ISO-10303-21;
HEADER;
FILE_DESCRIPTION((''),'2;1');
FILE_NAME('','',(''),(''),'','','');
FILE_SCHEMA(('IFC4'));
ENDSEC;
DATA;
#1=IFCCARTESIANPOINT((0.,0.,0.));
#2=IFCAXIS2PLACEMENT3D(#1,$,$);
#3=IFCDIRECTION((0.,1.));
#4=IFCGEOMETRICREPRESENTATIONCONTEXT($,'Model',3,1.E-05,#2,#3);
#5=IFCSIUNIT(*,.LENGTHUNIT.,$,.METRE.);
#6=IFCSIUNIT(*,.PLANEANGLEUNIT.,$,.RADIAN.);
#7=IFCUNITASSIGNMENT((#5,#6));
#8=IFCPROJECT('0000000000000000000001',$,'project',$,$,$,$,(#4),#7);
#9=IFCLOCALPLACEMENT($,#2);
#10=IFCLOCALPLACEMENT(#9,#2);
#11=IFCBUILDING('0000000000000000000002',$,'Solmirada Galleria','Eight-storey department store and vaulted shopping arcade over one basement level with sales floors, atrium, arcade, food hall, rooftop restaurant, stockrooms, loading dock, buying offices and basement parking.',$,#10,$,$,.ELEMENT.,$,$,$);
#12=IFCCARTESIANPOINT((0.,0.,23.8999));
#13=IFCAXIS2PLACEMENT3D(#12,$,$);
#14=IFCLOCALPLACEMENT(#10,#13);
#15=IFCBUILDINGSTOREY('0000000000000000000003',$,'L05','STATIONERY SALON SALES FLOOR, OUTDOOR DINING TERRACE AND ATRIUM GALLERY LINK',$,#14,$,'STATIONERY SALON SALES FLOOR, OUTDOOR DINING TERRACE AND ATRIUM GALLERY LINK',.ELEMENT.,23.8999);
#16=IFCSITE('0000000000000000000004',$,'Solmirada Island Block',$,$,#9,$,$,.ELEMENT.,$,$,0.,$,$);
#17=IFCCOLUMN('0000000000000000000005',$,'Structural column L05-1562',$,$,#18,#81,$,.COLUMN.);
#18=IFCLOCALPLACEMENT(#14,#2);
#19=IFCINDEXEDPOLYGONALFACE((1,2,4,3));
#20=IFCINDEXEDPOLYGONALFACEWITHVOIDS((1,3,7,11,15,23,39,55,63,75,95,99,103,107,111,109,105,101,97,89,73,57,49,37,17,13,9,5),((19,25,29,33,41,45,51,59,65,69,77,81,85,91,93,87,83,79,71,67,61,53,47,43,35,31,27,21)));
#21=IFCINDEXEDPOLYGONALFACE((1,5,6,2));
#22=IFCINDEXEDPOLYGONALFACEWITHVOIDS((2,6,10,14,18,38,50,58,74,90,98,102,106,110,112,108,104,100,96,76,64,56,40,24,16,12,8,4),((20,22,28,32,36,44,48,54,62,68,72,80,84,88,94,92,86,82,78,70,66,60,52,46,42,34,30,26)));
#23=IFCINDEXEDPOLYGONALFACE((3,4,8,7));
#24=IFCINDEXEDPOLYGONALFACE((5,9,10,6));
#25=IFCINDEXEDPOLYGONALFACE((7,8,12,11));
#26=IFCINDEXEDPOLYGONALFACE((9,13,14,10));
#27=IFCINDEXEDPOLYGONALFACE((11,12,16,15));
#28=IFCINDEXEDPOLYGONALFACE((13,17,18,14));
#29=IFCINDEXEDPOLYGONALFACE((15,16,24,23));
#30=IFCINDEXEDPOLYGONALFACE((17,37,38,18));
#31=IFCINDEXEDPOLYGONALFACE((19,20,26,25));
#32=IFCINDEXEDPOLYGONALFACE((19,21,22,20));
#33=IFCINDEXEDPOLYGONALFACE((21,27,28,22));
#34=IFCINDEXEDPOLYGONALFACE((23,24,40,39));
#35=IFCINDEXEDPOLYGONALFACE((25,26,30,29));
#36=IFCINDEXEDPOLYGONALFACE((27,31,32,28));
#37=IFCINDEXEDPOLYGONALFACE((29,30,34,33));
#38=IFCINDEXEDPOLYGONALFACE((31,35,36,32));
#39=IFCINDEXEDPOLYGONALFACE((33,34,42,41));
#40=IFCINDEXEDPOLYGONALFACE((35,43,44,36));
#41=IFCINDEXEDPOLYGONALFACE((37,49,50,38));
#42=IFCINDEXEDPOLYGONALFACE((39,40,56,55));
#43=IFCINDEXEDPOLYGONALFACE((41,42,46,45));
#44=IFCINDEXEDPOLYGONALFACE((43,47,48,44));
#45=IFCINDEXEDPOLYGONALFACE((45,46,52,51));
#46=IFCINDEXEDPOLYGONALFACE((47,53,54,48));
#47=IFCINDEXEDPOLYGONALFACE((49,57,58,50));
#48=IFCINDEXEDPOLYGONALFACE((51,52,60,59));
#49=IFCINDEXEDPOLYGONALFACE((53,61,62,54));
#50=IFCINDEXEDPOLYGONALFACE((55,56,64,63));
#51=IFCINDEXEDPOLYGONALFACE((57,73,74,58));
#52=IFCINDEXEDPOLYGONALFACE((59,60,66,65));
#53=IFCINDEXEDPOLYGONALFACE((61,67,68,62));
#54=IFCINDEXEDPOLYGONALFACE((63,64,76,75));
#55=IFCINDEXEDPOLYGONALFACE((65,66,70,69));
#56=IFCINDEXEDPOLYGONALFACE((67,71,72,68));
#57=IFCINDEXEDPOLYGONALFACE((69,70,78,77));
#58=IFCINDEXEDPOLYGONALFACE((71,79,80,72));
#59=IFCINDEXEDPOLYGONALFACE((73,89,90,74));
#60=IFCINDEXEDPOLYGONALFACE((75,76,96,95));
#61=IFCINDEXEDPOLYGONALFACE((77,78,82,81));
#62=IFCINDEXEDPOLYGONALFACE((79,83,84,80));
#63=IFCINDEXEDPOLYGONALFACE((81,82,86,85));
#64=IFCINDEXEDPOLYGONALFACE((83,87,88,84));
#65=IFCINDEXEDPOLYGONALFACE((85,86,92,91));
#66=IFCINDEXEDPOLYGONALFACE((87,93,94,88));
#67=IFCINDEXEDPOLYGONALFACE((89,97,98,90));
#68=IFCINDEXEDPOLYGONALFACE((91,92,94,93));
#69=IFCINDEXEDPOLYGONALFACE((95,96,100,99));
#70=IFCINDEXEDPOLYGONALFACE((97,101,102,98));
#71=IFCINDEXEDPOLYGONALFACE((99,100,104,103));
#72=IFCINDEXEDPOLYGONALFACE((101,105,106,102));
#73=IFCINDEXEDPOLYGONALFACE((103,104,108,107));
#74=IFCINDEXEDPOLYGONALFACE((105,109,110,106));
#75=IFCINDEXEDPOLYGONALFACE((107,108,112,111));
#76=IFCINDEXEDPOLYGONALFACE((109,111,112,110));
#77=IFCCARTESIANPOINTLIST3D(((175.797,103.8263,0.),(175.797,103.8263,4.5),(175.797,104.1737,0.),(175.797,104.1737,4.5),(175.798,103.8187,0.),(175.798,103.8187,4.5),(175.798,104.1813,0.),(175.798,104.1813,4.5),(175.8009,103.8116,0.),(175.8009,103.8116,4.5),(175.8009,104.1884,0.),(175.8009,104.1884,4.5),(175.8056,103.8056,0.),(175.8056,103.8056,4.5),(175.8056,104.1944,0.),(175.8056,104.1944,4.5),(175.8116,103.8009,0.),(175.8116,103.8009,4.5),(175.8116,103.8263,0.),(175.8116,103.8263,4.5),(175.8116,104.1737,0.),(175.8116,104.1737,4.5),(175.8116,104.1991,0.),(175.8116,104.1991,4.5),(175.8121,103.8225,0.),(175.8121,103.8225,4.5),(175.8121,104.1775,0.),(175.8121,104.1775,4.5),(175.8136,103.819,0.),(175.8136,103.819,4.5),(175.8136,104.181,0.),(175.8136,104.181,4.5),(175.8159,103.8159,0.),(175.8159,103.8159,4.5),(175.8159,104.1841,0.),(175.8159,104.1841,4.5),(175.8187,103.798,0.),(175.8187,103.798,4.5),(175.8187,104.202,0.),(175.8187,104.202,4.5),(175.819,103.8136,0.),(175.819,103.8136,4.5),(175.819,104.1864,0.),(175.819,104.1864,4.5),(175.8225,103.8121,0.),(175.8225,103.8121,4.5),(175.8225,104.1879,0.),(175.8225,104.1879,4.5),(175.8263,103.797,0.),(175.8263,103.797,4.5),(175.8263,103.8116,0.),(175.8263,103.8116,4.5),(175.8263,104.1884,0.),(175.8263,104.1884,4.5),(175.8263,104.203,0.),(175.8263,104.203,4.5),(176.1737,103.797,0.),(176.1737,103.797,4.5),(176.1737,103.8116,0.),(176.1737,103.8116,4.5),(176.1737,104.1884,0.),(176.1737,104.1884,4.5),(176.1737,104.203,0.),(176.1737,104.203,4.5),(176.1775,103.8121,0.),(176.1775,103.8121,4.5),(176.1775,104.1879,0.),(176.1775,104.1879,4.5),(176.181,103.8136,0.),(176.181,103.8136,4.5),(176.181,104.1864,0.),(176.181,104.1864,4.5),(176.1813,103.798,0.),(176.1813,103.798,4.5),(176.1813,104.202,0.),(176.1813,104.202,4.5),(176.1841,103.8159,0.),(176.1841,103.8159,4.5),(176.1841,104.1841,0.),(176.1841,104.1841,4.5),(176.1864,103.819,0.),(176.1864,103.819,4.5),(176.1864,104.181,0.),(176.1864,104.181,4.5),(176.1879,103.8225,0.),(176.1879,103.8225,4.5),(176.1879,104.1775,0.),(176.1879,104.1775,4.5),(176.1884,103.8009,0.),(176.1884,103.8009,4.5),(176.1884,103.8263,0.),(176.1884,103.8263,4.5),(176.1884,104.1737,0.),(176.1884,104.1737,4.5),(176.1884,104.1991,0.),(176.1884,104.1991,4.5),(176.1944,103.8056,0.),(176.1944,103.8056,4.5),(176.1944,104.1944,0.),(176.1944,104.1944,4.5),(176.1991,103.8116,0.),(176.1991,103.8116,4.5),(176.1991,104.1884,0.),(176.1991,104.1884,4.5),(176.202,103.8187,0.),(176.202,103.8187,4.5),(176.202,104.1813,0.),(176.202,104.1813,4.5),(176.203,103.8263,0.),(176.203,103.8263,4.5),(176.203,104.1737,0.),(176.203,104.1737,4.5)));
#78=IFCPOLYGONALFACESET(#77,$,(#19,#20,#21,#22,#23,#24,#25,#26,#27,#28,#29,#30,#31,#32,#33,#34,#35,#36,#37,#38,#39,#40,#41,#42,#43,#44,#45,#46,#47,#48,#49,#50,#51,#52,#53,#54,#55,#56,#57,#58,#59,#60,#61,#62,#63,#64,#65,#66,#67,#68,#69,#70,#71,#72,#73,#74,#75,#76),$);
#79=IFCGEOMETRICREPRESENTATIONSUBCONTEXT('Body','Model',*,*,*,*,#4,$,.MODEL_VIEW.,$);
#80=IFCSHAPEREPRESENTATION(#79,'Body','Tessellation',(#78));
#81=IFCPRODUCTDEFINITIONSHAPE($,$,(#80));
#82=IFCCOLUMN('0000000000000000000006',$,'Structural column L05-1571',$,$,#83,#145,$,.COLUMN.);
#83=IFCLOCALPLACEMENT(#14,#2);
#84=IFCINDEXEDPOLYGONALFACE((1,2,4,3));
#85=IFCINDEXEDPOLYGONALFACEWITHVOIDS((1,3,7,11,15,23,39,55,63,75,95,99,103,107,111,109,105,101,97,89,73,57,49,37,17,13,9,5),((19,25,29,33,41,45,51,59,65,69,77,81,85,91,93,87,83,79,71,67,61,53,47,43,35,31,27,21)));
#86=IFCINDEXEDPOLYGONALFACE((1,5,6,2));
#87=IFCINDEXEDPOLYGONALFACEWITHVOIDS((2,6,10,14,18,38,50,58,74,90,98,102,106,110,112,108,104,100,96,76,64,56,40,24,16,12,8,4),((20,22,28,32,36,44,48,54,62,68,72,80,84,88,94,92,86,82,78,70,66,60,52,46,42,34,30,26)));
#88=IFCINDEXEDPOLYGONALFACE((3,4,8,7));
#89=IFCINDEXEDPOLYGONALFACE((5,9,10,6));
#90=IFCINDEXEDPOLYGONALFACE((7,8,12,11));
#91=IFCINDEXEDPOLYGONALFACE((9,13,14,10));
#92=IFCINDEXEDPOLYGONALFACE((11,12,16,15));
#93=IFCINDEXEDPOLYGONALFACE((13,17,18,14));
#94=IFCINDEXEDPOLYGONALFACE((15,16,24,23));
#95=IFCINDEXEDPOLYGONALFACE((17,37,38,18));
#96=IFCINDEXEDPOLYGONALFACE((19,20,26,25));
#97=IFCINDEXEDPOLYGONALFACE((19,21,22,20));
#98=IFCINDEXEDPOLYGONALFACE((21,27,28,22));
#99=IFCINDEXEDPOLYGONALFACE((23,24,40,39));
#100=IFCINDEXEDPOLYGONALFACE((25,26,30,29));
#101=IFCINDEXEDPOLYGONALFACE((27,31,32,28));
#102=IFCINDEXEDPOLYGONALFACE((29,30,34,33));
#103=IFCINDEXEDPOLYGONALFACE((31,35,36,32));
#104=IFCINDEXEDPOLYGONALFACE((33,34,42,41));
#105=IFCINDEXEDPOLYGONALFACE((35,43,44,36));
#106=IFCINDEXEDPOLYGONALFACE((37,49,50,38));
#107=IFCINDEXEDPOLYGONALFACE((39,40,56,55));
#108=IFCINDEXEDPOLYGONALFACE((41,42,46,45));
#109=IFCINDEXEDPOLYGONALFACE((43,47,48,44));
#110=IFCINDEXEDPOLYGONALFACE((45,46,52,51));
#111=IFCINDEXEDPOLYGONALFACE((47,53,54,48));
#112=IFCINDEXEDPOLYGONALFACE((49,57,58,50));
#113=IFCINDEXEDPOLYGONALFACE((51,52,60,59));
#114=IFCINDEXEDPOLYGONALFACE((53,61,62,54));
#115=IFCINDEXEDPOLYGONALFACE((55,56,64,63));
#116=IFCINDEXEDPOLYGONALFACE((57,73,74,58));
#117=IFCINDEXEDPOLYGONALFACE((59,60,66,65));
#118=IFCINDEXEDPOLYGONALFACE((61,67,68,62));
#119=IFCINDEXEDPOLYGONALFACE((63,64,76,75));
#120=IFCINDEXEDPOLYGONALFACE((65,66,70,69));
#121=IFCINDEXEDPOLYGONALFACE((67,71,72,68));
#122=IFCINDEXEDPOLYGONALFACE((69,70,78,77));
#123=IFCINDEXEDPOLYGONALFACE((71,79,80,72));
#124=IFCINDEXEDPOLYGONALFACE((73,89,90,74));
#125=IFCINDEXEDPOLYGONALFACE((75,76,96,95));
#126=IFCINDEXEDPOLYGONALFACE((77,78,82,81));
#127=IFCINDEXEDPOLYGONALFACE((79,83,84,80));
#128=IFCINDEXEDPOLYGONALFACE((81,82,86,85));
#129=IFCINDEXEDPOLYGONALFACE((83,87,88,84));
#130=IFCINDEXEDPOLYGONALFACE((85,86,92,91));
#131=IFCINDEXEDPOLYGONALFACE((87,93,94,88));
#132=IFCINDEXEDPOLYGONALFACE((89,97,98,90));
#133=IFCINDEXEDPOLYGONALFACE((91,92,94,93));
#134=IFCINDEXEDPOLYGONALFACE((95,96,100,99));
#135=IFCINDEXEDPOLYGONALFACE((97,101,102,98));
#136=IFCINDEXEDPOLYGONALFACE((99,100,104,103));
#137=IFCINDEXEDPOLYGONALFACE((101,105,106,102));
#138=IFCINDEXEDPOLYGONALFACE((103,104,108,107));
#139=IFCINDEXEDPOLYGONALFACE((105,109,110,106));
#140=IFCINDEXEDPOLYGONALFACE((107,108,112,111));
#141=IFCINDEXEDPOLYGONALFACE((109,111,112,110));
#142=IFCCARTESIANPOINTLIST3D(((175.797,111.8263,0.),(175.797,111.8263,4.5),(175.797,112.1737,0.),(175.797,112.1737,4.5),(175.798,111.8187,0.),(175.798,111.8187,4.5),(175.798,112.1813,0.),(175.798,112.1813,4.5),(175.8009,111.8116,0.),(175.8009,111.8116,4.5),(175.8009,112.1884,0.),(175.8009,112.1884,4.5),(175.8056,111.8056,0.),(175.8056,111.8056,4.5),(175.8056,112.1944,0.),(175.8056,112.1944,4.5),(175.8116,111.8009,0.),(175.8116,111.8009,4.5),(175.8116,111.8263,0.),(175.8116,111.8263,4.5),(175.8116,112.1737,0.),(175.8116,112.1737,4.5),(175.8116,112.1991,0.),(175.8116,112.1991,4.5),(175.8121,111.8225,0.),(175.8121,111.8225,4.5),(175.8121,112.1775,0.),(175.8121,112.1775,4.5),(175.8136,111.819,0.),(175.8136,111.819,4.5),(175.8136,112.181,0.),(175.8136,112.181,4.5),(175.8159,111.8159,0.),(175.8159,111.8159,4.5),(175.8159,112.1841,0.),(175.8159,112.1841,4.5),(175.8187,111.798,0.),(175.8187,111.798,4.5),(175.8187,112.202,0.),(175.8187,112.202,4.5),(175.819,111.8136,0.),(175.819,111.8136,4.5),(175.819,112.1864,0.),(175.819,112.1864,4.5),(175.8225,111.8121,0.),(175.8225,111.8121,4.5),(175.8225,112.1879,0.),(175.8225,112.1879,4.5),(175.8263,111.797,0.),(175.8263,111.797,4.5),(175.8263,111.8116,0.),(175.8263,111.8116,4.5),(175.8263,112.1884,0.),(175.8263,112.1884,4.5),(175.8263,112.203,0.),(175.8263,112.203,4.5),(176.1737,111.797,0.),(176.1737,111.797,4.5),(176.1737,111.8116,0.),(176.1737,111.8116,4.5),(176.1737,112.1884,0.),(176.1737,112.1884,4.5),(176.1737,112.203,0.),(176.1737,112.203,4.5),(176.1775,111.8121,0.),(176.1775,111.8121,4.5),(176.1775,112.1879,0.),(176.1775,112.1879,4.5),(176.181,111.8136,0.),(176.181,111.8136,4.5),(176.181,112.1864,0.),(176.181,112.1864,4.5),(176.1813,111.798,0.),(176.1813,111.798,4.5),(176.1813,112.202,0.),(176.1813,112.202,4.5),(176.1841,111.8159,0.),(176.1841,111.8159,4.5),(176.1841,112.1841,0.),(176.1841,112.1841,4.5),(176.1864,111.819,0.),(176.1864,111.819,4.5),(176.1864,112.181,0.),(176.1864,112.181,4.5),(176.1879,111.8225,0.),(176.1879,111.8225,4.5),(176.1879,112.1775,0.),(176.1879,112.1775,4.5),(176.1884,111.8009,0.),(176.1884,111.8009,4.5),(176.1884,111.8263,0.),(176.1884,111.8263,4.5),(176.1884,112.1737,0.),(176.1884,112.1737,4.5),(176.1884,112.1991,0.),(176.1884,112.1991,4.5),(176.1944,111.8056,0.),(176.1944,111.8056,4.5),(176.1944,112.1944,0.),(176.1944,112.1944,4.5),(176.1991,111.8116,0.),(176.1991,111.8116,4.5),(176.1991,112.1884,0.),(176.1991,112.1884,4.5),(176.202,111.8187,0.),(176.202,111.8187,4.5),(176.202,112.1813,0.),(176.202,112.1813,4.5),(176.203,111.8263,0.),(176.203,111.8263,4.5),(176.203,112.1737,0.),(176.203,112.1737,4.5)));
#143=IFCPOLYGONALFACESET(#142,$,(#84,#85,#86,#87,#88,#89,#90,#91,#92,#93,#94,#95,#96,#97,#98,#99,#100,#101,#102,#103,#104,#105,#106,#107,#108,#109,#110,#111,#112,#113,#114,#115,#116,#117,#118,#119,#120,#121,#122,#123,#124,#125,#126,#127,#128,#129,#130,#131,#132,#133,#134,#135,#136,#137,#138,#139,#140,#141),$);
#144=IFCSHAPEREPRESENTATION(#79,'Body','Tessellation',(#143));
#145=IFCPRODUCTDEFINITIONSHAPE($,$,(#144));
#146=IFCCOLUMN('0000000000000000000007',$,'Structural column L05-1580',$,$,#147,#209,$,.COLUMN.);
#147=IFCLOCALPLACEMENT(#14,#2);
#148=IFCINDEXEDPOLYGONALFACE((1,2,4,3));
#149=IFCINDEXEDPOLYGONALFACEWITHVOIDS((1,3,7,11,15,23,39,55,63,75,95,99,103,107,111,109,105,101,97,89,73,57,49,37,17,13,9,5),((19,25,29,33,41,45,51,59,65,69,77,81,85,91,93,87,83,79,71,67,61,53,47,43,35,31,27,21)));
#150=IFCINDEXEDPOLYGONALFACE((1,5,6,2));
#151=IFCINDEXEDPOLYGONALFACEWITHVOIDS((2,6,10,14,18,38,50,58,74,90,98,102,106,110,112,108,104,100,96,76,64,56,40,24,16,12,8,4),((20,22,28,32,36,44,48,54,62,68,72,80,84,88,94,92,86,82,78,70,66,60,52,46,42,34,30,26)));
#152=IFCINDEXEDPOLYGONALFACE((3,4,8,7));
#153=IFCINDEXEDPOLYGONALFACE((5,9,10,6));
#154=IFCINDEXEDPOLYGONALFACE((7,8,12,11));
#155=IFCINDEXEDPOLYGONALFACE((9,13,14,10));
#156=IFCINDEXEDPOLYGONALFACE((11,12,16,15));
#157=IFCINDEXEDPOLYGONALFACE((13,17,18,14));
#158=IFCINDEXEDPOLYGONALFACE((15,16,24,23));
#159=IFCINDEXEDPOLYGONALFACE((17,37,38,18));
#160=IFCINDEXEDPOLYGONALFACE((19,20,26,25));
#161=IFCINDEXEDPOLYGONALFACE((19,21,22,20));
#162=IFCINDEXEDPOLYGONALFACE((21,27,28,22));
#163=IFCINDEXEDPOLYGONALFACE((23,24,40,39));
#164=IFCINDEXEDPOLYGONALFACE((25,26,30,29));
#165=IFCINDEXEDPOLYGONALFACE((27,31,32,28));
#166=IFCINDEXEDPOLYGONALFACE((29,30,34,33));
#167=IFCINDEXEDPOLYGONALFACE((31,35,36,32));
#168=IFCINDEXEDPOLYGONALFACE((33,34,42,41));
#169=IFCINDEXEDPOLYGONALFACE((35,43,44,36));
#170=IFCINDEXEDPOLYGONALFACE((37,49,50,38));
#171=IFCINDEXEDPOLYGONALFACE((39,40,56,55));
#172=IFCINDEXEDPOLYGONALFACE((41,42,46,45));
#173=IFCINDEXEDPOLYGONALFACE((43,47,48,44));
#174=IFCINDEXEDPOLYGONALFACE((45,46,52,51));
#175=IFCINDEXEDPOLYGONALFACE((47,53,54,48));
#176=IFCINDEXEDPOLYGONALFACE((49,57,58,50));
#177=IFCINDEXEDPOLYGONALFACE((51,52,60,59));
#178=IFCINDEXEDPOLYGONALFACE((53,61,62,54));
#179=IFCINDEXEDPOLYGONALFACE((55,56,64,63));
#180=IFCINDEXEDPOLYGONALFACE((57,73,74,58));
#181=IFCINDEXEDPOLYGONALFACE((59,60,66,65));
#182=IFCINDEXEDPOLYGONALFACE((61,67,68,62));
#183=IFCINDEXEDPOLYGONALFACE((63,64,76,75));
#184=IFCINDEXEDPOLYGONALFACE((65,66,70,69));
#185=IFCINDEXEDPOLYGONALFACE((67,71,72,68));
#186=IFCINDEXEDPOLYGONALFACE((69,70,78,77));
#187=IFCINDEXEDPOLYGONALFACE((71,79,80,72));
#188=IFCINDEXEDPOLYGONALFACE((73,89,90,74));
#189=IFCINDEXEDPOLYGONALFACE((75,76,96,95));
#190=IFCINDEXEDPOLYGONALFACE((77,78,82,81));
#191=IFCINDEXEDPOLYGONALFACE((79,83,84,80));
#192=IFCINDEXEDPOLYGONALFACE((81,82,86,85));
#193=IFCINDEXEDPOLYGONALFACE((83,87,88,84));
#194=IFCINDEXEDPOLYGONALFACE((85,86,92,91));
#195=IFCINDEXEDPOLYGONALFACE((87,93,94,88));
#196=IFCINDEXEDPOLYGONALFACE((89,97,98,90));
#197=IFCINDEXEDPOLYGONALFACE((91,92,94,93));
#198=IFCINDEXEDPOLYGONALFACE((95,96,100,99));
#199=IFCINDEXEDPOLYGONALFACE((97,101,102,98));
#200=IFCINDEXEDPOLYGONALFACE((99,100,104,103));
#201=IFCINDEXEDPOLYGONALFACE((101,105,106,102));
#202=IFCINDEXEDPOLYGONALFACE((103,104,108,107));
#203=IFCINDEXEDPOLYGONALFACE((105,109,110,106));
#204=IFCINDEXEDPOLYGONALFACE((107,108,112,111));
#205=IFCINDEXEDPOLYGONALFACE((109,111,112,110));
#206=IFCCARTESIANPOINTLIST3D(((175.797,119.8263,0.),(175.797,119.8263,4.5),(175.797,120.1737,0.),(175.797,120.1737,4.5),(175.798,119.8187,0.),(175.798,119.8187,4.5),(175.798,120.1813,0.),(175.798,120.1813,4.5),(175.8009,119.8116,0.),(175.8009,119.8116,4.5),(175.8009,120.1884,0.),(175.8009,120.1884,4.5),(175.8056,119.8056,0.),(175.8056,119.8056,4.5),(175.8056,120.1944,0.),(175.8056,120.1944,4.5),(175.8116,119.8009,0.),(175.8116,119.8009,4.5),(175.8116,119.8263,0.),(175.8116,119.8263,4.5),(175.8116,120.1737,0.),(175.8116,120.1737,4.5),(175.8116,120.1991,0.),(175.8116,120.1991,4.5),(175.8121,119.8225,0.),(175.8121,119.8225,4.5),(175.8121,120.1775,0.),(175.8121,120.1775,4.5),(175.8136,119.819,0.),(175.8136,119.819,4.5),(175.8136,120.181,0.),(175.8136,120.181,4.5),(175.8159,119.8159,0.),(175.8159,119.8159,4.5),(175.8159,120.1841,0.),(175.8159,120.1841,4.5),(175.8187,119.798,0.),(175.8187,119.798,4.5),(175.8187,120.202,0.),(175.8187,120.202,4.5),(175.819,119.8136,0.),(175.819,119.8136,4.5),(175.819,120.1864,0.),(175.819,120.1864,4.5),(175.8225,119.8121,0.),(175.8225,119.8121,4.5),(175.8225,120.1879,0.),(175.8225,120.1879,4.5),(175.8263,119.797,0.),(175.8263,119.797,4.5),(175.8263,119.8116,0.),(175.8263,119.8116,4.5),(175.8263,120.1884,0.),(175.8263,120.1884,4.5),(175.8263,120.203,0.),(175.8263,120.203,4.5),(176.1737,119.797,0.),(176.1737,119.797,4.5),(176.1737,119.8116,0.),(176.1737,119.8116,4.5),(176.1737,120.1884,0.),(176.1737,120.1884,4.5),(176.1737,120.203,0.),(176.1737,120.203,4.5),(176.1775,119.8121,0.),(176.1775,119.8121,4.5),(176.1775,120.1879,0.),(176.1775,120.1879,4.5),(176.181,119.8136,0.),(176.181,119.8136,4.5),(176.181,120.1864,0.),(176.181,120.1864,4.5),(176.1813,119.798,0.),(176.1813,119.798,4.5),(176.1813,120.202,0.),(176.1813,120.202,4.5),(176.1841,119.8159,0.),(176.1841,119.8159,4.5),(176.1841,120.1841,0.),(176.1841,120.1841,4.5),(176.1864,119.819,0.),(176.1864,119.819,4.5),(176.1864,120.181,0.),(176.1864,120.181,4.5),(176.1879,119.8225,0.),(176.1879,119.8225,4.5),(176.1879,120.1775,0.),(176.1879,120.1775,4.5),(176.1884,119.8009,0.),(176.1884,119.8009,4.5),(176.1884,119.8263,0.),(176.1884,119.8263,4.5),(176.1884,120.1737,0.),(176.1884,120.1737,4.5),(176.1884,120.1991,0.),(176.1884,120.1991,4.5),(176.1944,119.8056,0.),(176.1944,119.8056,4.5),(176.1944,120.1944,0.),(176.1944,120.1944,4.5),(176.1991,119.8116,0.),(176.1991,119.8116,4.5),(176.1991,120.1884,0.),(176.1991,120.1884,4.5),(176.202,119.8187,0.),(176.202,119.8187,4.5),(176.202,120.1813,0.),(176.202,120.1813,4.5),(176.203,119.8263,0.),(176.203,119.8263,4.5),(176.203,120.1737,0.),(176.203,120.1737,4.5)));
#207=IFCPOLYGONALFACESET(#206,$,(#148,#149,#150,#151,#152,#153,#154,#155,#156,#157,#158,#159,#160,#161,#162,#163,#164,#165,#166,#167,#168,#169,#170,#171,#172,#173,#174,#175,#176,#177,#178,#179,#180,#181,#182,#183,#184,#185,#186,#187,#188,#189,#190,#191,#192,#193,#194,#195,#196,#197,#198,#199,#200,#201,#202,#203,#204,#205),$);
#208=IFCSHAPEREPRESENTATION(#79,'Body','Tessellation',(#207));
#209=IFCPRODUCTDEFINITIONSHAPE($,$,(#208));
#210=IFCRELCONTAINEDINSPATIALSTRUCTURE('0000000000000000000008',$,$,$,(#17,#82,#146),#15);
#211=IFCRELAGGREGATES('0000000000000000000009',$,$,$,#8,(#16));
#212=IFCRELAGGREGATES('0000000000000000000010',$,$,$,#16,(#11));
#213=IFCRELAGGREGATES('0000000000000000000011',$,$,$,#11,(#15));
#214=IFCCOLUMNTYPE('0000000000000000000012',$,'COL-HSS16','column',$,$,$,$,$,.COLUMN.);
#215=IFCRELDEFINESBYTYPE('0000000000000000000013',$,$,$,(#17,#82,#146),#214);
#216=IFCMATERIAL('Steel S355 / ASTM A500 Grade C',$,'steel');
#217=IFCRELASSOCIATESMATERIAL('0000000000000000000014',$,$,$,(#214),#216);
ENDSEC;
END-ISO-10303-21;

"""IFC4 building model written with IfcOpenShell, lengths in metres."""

from ifc_helpers import new_model, si_unit, direction, frame, origin, origin_2d, place, context, subcontext, project, spatial, hollow_rectangle, extrude, material, material_profile, profile_set, type_object, element, save


model = new_model("IFC4")

# Units and contexts
model_context = context("Model", 3, precision=1e-05, world=origin(), true_north=direction((0.0, 1.0)))
body_context = subcontext(model_context, "Body", "Model", "MODEL_VIEW")
ifc_project = project(units=[si_unit("LENGTHUNIT", "METRE"), si_unit("PLANEANGLEUNIT", "RADIAN")], contexts=[model_context])

# Site, building, storey
site_placement = place(None, origin())
site = spatial("IfcSite", under=ifc_project, at=site_placement, Name="Solmirada Island Block", CompositionType="ELEMENT", RefElevation=0.0)
building_placement = place(site_placement, origin())
building = spatial("IfcBuilding", under=site, at=building_placement, Name="Solmirada Galleria", Description="Eight-storey department store and vaulted shopping arcade over one basement level with sales floors, atrium, arcade, food hall, rooftop restaurant, stockrooms, loading dock, buying offices and basement parking.", CompositionType="ELEMENT")
storey_placement = place(building_placement, frame((0.0, 0.0, 23.8999)))
storey = spatial("IfcBuildingStorey", under=building, at=storey_placement, Name="L05", Description="STATIONERY SALON SALES FLOOR, OUTDOOR DINING TERRACE AND ATRIUM GALLERY LINK", LongName="STATIONERY SALON SALES FLOOR, OUTDOOR DINING TERRACE AND ATRIUM GALLERY LINK", CompositionType="ELEMENT", Elevation=23.8999)

# Columns
ifc_material_1 = material(Name="Steel S355 / ASTM A500 Grade C", Category="steel")
ifc_material_profile_1 = material_profile(ifc_material_1, hollow_rectangle(XDim=0.406, YDim=0.406, WallThickness=0.0146, InnerFilletRadius=0.0146, OuterFilletRadius=0.0293, at=origin_2d()), Name="HSS16X16X5/8")
ifc_profile_set_1 = profile_set([ifc_material_profile_1], Name="Steel S355 / ASTM A500 Grade C")
column_type = type_object("IfcColumnType", Name="COL-HSS16", Description="column", PredefinedType="COLUMN", material=ifc_profile_set_1)
for number, where, z_axis, x_axis, name in (
    (1, (176.0, 104.0, 0.0), (0.0, 0.0, 1.0), (1.0, 0.0, 0.0), "Structural column L05-1562"),
    (2, (176.0, 112.0, 0.0), (0.0, 0.0, 1.0), (1.0, 0.0, 0.0), "Structural column L05-1571"),
    (3, (176.0, 120.0, 0.0), (0.0, 0.0, 1.0), (1.0, 0.0, 0.0), "Structural column L05-1580"),
):
    element("IfcColumn", number, at=place(storey_placement, frame(where, z_axis=z_axis, x_axis=x_axis)), inside=storey, type_object=column_type, Name=name, PredefinedType="COLUMN", context=body_context, shape_type="SweptSolid", body=[
        extrude(hollow_rectangle(XDim=0.406, YDim=0.406, WallThickness=0.0146, InnerFilletRadius=0.0146, OuterFilletRadius=0.0293, at=origin_2d()), origin(), (0.0, 0.0, 1.0), 4.5),
    ])

save(model, "model.ifc")
